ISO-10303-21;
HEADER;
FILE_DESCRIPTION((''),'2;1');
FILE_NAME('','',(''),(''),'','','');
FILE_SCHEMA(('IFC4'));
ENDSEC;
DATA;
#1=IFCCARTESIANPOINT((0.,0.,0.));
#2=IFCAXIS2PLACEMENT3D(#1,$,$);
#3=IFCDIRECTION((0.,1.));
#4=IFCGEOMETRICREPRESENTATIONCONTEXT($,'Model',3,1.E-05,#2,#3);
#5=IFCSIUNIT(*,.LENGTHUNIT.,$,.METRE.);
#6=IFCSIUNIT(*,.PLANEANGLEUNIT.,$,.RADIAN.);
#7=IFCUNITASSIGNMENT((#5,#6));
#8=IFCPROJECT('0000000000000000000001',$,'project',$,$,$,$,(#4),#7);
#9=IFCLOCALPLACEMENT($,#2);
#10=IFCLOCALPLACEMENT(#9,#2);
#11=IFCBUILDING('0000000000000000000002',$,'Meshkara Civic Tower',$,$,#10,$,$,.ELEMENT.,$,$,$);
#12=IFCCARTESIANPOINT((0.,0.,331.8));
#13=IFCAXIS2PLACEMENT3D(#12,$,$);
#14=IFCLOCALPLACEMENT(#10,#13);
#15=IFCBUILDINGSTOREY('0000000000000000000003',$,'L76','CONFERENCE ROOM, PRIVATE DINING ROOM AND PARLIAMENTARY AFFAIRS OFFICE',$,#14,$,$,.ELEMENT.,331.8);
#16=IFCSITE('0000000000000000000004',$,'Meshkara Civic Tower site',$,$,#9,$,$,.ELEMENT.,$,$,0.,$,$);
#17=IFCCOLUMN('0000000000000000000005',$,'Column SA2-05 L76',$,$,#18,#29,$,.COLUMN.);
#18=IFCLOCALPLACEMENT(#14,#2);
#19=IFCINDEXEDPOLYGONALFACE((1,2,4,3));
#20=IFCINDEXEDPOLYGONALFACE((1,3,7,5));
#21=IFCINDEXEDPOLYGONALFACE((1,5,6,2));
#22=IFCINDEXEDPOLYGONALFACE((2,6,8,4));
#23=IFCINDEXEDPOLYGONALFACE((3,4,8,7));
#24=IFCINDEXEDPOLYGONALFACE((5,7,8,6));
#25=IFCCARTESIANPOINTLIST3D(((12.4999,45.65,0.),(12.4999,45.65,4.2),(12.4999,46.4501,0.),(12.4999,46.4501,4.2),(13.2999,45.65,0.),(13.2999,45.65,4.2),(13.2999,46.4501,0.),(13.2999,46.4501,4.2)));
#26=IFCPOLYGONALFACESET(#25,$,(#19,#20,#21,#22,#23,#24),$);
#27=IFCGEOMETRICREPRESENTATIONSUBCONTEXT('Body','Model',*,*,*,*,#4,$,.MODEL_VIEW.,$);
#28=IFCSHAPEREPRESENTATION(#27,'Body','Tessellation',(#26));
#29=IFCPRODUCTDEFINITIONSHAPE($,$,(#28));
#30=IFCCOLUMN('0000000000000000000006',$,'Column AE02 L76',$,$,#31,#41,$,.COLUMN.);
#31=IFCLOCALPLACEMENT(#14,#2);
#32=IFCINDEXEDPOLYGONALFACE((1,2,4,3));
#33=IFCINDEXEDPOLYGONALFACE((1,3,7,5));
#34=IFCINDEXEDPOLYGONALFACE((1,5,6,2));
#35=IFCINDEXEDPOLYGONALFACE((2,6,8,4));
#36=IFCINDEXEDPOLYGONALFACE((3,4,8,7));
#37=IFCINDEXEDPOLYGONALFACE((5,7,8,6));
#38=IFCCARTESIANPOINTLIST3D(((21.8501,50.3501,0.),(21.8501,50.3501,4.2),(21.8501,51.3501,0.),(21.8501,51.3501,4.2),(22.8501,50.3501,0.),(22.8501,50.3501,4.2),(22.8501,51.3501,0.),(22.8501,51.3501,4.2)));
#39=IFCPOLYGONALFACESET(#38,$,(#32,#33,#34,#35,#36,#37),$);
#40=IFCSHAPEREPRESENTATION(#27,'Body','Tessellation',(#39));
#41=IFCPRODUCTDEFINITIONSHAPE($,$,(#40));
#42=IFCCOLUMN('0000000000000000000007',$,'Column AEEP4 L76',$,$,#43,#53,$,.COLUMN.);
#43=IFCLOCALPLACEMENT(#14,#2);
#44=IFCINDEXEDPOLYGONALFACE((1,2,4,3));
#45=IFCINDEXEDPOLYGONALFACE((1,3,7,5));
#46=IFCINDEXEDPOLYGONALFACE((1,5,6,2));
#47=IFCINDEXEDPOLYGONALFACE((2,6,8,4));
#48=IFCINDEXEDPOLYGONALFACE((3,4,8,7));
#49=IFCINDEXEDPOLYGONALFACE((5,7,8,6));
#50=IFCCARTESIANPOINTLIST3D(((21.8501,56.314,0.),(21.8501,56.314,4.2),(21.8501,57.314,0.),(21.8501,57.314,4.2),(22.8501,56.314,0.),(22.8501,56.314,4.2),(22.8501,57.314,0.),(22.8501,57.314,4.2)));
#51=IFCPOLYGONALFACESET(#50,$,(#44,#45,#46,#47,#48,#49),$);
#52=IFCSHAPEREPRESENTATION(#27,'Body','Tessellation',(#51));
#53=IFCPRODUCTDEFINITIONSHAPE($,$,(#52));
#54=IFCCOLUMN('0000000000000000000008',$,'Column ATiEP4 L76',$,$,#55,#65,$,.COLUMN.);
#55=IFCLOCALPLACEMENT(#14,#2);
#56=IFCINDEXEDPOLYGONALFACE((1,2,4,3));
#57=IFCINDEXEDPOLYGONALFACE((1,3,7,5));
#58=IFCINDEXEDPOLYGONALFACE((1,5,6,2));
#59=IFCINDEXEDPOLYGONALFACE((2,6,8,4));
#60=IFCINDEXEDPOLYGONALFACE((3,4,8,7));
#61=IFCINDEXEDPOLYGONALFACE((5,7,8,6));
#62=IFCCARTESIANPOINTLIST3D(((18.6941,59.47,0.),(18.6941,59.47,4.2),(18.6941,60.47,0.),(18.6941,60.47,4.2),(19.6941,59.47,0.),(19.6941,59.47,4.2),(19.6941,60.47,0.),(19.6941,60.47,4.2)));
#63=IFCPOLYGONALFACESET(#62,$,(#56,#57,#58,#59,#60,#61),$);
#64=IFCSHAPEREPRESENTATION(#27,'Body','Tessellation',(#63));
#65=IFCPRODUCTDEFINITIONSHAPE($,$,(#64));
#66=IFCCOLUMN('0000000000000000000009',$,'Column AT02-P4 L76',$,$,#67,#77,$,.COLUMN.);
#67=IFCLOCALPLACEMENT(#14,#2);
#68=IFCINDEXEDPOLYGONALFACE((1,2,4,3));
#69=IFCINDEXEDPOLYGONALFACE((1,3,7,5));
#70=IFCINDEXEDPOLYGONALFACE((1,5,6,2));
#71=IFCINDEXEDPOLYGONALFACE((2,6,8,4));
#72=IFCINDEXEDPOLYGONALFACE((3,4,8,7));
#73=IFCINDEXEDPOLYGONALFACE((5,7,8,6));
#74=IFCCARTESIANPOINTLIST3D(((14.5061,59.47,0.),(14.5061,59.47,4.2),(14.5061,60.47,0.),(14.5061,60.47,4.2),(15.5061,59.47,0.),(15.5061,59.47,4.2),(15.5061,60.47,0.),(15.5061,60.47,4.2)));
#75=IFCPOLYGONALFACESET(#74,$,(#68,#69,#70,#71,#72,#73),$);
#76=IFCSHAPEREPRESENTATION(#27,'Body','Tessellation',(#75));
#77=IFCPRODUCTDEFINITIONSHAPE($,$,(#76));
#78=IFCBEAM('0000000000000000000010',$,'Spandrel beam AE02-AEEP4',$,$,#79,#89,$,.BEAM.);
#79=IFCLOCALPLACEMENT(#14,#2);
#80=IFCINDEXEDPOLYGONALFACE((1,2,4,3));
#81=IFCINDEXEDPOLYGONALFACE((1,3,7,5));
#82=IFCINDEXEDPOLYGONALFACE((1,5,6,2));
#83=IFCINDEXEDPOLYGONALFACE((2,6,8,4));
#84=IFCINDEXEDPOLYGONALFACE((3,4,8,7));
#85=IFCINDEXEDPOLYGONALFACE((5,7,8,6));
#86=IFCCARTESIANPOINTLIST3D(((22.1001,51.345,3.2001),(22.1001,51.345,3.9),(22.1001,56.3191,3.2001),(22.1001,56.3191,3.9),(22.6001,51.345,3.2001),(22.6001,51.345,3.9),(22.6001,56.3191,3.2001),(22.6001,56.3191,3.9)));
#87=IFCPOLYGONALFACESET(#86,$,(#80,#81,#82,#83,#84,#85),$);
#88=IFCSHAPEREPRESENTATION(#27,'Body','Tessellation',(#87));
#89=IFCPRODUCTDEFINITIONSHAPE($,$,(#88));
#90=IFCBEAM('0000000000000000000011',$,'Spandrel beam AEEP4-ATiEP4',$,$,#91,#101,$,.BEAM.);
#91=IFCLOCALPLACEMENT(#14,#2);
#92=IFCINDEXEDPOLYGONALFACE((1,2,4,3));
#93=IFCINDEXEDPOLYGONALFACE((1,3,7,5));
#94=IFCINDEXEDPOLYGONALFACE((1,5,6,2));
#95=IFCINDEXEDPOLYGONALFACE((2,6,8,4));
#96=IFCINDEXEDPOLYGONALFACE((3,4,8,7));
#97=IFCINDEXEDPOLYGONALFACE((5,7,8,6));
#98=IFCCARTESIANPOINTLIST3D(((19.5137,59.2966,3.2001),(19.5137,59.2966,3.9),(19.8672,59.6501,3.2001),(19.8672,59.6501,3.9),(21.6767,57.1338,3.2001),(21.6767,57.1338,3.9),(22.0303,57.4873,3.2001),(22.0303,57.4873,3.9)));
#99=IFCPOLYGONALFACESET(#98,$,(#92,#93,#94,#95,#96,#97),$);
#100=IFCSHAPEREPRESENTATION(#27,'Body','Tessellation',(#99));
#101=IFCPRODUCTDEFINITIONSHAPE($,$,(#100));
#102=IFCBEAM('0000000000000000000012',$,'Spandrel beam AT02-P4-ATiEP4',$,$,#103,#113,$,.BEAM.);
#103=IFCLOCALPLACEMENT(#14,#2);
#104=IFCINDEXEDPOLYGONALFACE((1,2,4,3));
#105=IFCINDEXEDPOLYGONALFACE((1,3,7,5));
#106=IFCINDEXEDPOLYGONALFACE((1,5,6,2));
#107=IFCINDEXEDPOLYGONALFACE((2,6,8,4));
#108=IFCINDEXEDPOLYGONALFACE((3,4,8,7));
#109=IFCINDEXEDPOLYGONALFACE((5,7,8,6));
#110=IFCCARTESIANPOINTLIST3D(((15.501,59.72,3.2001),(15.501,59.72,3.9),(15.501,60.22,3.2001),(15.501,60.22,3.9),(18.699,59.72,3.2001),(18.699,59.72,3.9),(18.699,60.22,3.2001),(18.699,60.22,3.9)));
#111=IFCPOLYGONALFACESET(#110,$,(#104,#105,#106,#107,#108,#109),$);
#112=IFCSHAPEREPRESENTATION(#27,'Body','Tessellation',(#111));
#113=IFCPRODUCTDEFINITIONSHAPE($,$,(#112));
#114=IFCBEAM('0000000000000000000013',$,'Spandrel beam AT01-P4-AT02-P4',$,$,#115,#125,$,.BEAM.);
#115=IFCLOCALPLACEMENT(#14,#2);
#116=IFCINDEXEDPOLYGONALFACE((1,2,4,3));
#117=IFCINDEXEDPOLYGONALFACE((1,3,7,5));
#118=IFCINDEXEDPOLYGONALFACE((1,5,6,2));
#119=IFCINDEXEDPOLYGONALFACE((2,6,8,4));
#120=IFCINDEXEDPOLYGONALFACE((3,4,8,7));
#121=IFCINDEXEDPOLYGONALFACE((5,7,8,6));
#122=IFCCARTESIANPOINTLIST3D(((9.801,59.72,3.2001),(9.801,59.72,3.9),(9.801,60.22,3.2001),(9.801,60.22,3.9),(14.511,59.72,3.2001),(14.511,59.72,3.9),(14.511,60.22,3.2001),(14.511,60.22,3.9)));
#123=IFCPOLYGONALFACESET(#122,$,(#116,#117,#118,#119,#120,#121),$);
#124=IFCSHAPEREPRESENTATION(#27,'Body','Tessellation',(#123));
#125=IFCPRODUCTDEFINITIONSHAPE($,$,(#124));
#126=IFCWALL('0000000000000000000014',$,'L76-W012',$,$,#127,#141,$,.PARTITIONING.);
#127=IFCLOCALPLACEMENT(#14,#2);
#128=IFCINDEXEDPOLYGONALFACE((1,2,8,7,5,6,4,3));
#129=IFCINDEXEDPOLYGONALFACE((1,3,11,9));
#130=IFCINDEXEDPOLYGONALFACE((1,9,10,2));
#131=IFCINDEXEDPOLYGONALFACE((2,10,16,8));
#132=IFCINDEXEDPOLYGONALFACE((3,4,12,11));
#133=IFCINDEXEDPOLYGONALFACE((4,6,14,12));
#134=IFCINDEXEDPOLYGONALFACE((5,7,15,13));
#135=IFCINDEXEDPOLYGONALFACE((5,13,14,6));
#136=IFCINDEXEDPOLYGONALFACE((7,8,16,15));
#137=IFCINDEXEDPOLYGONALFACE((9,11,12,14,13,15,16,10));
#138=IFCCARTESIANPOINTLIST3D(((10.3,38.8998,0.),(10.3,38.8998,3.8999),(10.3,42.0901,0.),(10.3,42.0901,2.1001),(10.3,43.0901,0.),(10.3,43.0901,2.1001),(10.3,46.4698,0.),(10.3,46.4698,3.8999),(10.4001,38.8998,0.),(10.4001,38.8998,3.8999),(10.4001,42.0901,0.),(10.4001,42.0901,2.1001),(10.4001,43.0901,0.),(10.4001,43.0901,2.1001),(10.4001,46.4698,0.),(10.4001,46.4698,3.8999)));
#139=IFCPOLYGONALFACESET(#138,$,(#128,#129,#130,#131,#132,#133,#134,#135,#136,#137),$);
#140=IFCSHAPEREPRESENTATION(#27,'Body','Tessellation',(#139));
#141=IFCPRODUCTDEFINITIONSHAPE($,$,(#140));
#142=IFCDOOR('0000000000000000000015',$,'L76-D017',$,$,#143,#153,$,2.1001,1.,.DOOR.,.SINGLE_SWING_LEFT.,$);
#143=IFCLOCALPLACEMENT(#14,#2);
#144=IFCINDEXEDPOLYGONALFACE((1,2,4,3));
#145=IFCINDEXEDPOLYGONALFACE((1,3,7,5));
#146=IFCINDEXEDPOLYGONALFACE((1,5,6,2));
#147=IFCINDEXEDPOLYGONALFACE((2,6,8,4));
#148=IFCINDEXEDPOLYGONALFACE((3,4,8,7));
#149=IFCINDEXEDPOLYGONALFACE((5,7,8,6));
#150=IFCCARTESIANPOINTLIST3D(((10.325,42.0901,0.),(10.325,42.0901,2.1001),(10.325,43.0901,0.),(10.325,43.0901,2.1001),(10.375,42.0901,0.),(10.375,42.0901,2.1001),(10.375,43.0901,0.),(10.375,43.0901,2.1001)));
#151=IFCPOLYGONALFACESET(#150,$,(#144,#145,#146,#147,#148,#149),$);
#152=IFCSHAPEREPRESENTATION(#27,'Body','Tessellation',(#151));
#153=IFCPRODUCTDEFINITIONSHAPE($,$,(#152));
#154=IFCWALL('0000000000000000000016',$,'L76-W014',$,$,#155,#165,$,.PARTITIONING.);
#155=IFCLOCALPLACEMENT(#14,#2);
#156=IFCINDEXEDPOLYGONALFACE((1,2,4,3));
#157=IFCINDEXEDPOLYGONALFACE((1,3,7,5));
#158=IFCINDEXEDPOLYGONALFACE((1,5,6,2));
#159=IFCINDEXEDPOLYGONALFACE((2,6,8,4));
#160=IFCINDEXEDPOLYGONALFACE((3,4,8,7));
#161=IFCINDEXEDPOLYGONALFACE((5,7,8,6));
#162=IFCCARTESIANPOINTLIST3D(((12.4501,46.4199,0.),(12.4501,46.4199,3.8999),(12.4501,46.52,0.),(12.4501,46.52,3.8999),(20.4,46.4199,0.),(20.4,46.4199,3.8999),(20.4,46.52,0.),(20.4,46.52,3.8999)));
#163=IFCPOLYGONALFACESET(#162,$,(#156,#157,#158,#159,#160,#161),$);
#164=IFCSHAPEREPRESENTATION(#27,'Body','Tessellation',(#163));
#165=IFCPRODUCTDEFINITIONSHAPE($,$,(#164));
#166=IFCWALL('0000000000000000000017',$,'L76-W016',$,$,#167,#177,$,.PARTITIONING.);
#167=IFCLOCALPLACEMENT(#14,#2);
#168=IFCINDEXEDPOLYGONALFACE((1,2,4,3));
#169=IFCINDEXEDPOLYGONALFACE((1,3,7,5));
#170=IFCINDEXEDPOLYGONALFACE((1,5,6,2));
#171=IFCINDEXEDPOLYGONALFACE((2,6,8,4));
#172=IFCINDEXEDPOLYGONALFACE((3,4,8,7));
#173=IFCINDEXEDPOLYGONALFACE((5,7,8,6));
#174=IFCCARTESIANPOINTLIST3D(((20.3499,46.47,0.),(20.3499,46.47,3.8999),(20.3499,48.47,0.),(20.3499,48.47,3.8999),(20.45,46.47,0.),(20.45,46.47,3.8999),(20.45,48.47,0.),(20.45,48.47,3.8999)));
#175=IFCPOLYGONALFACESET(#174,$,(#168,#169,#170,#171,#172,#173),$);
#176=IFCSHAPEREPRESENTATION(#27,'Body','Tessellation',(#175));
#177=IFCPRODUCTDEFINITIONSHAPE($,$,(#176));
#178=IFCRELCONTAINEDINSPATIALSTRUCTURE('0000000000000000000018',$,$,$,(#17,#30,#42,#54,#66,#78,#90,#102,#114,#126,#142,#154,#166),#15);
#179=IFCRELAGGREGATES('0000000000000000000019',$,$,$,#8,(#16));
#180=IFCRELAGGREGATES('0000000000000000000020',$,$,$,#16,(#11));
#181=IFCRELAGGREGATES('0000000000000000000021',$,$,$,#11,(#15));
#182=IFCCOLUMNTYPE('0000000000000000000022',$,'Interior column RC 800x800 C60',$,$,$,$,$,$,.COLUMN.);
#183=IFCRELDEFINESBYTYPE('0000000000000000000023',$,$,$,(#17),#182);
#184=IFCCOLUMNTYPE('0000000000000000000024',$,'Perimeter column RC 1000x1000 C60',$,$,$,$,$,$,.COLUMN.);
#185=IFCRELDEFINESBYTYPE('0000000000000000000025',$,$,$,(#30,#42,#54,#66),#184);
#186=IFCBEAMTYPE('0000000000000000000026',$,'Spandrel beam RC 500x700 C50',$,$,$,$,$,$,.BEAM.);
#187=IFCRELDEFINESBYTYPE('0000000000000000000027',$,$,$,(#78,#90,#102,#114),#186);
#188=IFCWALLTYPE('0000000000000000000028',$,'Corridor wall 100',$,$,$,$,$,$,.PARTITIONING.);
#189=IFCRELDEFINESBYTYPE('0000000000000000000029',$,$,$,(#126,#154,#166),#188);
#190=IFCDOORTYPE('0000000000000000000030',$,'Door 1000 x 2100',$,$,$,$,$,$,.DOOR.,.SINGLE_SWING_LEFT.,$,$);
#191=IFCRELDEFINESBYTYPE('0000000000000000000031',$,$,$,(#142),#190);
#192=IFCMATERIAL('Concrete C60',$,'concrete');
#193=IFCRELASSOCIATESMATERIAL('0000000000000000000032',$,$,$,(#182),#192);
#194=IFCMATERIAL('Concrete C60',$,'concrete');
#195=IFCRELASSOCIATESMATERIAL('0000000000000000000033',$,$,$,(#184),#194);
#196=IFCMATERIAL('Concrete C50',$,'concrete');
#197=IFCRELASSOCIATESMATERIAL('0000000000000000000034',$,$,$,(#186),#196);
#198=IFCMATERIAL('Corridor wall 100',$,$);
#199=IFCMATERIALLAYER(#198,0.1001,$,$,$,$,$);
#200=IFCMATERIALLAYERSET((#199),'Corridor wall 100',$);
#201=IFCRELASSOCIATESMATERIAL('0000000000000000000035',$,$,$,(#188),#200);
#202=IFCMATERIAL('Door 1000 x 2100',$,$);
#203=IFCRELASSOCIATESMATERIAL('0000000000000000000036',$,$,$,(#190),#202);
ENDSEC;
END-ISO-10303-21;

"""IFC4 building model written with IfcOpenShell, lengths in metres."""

from ifc_helpers import new_model, si_unit, direction, frame, frame_2d, origin, origin_2d, place, context, subcontext, project, spatial, rectangle, extrude, material, layer, layer_set, material_profile, profile_set, type_object, element, fill, save


model = new_model("IFC4")

# Units and contexts
model_context = context("Model", 3, precision=1e-05, world=origin(), true_north=direction((0.0, 1.0)))
body_context = subcontext(model_context, "Body", "Model", "MODEL_VIEW")
ifc_project = project(units=[si_unit("LENGTHUNIT", "METRE"), si_unit("PLANEANGLEUNIT", "RADIAN")], contexts=[model_context])

# Site, building, storey
site_placement = place(None, origin())
site = spatial("IfcSite", under=ifc_project, at=site_placement, Name="Meshkara Civic Tower site", CompositionType="ELEMENT", RefElevation=0.0)
building_placement = place(site_placement, origin())
building = spatial("IfcBuilding", under=site, at=building_placement, Name="Meshkara Civic Tower", CompositionType="ELEMENT")
storey_placement = place(building_placement, frame((0.0, 0.0, 331.8)))
storey = spatial("IfcBuildingStorey", under=building, at=storey_placement, Name="L76", Description="CONFERENCE ROOM, PRIVATE DINING ROOM AND PARLIAMENTARY AFFAIRS OFFICE", CompositionType="ELEMENT", Elevation=331.8)

# Columns
ifc_material_1 = material(Name="Concrete C60", Category="concrete")
ifc_material_profile_1 = material_profile(ifc_material_1, rectangle(XDim=0.8, YDim=0.8, at=origin_2d()))
ifc_profile_set_1 = profile_set([ifc_material_profile_1], Name="Concrete C60")
column_type_1 = type_object("IfcColumnType", Name="Interior column RC 800x800 C60", PredefinedType="COLUMN", material=ifc_profile_set_1)
column_placement = place(storey_placement, frame((12.8999, 46.05, 0.0), z_axis=(0.0, 0.0, 1.0), x_axis=(1.0, 0.0, 0.0)))
element("IfcColumn", 1, at=column_placement, inside=storey, type_object=column_type_1, Name="Column SA2-05 L76", PredefinedType="COLUMN", context=body_context, shape_type="SweptSolid", body=[
    extrude(rectangle(XDim=0.8, YDim=0.8, at=origin_2d()), origin(), (0.0, 0.0, 1.0), 4.2),
])
ifc_material_2 = material(Name="Concrete C60", Category="concrete")
ifc_material_profile_2 = material_profile(ifc_material_2, rectangle(XDim=1.0, YDim=1.0, at=origin_2d()))
ifc_profile_set_2 = profile_set([ifc_material_profile_2], Name="Concrete C60")
column_type_2 = type_object("IfcColumnType", Name="Perimeter column RC 1000x1000 C60", PredefinedType="COLUMN", material=ifc_profile_set_2)
for number, where, z_axis, x_axis, name in (
    (2, (22.3501, 50.8501, 0.0), (0.0, 0.0, 1.0), (1.0, 0.0, 0.0), "Column AE02 L76"),
    (3, (22.3501, 56.814, 0.0), (0.0, 0.0, 1.0), (1.0, 0.0, 0.0), "Column AEEP4 L76"),
    (4, (19.1941, 59.97, 0.0), (0.0, 0.0, 1.0), (1.0, 0.0, 0.0), "Column ATiEP4 L76"),
    (5, (15.0061, 59.97, 0.0), (0.0, 0.0, 1.0), (1.0, 0.0, 0.0), "Column AT02-P4 L76"),
):
    element("IfcColumn", number, at=place(storey_placement, frame(where, z_axis=z_axis, x_axis=x_axis)), inside=storey, type_object=column_type_2, Name=name, PredefinedType="COLUMN", context=body_context, shape_type="SweptSolid", body=[
        extrude(rectangle(XDim=1.0, YDim=1.0, at=origin_2d()), origin(), (0.0, 0.0, 1.0), 4.2),
    ])

# Beams
ifc_material_3 = material(Name="Concrete C50", Category="concrete")
ifc_material_profile_3 = material_profile(ifc_material_3, rectangle(XDim=0.5, YDim=0.7, at=origin_2d()))
ifc_profile_set_3 = profile_set([ifc_material_profile_3], Name="Concrete C50")
beam_type = type_object("IfcBeamType", Name="Spandrel beam RC 500x700 C50", PredefinedType="BEAM", material=ifc_profile_set_3)
beam_1_placement = place(storey_placement, frame((22.3501, 51.345, 3.55), z_axis=(0.0, 1.0, 0.0), x_axis=(-1.0, 0.0, 0.0)))
element("IfcBeam", 6, at=beam_1_placement, inside=storey, type_object=beam_type, Name="Spandrel beam AE02-AEEP4", PredefinedType="BEAM", context=body_context, shape_type="SweptSolid", body=[
    extrude(rectangle(XDim=0.5, YDim=0.7, at=origin_2d()), origin(), (0.0, 0.0, 1.0), 4.9741),
])
beam_2_placement = place(storey_placement, frame((21.8535, 57.3105, 3.55), z_axis=(-0.707147, 0.707067, 0.0), x_axis=(-0.707067, -0.707147, 0.0)))
element("IfcBeam", 7, at=beam_2_placement, inside=storey, type_object=beam_type, Name="Spandrel beam AEEP4-ATiEP4", PredefinedType="BEAM", context=body_context, shape_type="SweptSolid", body=[
    extrude(rectangle(XDim=0.5, YDim=0.7, at=origin_2d()), origin(), (0.0, 0.0, 1.0), 3.0588),
])
beam_3_placement = place(storey_placement, frame((18.699, 59.97, 3.55), z_axis=(-1.0, 0.0, 0.0), x_axis=(0.0, -1.0, 0.0)))
element("IfcBeam", 8, at=beam_3_placement, inside=storey, type_object=beam_type, Name="Spandrel beam AT02-P4-ATiEP4", PredefinedType="BEAM", context=body_context, shape_type="SweptSolid", body=[
    extrude(rectangle(XDim=0.5, YDim=0.7, at=origin_2d()), origin(), (0.0, 0.0, 1.0), 3.198),
])
beam_4_placement = place(storey_placement, frame((14.511, 59.97, 3.55), z_axis=(-1.0, 0.0, 0.0), x_axis=(0.0, -1.0, 0.0)))
element("IfcBeam", 9, at=beam_4_placement, inside=storey, type_object=beam_type, Name="Spandrel beam AT01-P4-AT02-P4", PredefinedType="BEAM", context=body_context, shape_type="SweptSolid", body=[
    extrude(rectangle(XDim=0.5, YDim=0.7, at=origin_2d()), origin(), (0.0, 0.0, 1.0), 4.71),
])

# Wall, opening, door
ifc_material_4 = material(Name="Corridor wall 100")
ifc_layer_1 = layer(ifc_material_4, 0.1001)
ifc_layer_set_1 = layer_set([ifc_layer_1], Name="Corridor wall 100")
wall_type_1 = type_object("IfcWallType", Name="Corridor wall 100", PredefinedType="PARTITIONING", material=ifc_layer_set_1)
wall_1_placement = place(storey_placement, frame((10.3501, 46.47, 0.0), z_axis=(0.0, 0.0, 1.0), x_axis=(0.0, -1.0, 0.0)))
wall_1 = element("IfcWall", 10, at=wall_1_placement, inside=storey, type_object=wall_type_1, Name="L76-W012", PredefinedType="PARTITIONING", context=body_context, shape_type="SweptSolid", body=[
    extrude(rectangle(XDim=7.5701, YDim=0.1001, at=frame_2d((3.7852, 0.0))), origin(), (0.0, 0.0, 1.0), 3.8999),
])
opening_1_placement = place(wall_1_placement, frame((3.3799, 0.0, 0.0)))
opening_1 = element("IfcOpeningElement", 11, at=opening_1_placement, cuts=wall_1, PredefinedType="OPENING", context=body_context, shape_type="SweptSolid", body=[
    extrude(rectangle(XDim=1.0, YDim=2.1001, at=frame_2d((0.5, 1.05))), frame((0.0, 0.0601, 0.0), z_axis=(0.0, -1.0, 0.0), x_axis=(1.0, 0.0, 0.0)), (0.0, 0.0, 1.0), 0.1201),
])
ifc_material_5 = material(Name="Door 1000 x 2100")
door_type_1 = type_object("IfcDoorType", Name="Door 1000 x 2100", OperationType="SINGLE_SWING_LEFT", PredefinedType="DOOR", material=ifc_material_5)
door_1_placement = place(opening_1_placement, origin())
door_1 = element("IfcDoor", 12, at=door_1_placement, inside=storey, type_object=door_type_1, Name="L76-D017", OperationType="SINGLE_SWING_LEFT", OverallHeight=2.1001, OverallWidth=1.0, PredefinedType="DOOR", context=body_context, shape_type="SweptSolid", body=[
    extrude(rectangle(XDim=1.0, YDim=2.1001, at=frame_2d((0.5, 1.05))), frame((0.0, 0.0249, 0.0), z_axis=(0.0, -1.0, 0.0), x_axis=(1.0, 0.0, 0.0)), (0.0, 0.0, 1.0), 0.05),
])
fill(opening_1, door_1)

# Walls
wall_2_placement = place(storey_placement, frame((12.45, 46.47, 0.0), z_axis=(0.0, 0.0, 1.0), x_axis=(1.0, 0.0, 0.0)))
element("IfcWall", 13, at=wall_2_placement, inside=storey, type_object=wall_type_1, Name="L76-W014", PredefinedType="PARTITIONING", context=body_context, shape_type="SweptSolid", body=[
    extrude(rectangle(XDim=7.95, YDim=0.1001, at=frame_2d((3.9751, 0.0))), origin(), (0.0, 0.0, 1.0), 3.8999),
])
wall_3_placement = place(storey_placement, frame((20.3999, 46.47, 0.0), z_axis=(0.0, 0.0, 1.0), x_axis=(0.0, 1.0, 0.0)))
element("IfcWall", 14, at=wall_3_placement, inside=storey, type_object=wall_type_1, Name="L76-W016", PredefinedType="PARTITIONING", context=body_context, shape_type="SweptSolid", body=[
    extrude(rectangle(XDim=2.0, YDim=0.1001, at=frame_2d((1.0, 0.0))), origin(), (0.0, 0.0, 1.0), 3.8999),
])

save(model, "model.ifc")
